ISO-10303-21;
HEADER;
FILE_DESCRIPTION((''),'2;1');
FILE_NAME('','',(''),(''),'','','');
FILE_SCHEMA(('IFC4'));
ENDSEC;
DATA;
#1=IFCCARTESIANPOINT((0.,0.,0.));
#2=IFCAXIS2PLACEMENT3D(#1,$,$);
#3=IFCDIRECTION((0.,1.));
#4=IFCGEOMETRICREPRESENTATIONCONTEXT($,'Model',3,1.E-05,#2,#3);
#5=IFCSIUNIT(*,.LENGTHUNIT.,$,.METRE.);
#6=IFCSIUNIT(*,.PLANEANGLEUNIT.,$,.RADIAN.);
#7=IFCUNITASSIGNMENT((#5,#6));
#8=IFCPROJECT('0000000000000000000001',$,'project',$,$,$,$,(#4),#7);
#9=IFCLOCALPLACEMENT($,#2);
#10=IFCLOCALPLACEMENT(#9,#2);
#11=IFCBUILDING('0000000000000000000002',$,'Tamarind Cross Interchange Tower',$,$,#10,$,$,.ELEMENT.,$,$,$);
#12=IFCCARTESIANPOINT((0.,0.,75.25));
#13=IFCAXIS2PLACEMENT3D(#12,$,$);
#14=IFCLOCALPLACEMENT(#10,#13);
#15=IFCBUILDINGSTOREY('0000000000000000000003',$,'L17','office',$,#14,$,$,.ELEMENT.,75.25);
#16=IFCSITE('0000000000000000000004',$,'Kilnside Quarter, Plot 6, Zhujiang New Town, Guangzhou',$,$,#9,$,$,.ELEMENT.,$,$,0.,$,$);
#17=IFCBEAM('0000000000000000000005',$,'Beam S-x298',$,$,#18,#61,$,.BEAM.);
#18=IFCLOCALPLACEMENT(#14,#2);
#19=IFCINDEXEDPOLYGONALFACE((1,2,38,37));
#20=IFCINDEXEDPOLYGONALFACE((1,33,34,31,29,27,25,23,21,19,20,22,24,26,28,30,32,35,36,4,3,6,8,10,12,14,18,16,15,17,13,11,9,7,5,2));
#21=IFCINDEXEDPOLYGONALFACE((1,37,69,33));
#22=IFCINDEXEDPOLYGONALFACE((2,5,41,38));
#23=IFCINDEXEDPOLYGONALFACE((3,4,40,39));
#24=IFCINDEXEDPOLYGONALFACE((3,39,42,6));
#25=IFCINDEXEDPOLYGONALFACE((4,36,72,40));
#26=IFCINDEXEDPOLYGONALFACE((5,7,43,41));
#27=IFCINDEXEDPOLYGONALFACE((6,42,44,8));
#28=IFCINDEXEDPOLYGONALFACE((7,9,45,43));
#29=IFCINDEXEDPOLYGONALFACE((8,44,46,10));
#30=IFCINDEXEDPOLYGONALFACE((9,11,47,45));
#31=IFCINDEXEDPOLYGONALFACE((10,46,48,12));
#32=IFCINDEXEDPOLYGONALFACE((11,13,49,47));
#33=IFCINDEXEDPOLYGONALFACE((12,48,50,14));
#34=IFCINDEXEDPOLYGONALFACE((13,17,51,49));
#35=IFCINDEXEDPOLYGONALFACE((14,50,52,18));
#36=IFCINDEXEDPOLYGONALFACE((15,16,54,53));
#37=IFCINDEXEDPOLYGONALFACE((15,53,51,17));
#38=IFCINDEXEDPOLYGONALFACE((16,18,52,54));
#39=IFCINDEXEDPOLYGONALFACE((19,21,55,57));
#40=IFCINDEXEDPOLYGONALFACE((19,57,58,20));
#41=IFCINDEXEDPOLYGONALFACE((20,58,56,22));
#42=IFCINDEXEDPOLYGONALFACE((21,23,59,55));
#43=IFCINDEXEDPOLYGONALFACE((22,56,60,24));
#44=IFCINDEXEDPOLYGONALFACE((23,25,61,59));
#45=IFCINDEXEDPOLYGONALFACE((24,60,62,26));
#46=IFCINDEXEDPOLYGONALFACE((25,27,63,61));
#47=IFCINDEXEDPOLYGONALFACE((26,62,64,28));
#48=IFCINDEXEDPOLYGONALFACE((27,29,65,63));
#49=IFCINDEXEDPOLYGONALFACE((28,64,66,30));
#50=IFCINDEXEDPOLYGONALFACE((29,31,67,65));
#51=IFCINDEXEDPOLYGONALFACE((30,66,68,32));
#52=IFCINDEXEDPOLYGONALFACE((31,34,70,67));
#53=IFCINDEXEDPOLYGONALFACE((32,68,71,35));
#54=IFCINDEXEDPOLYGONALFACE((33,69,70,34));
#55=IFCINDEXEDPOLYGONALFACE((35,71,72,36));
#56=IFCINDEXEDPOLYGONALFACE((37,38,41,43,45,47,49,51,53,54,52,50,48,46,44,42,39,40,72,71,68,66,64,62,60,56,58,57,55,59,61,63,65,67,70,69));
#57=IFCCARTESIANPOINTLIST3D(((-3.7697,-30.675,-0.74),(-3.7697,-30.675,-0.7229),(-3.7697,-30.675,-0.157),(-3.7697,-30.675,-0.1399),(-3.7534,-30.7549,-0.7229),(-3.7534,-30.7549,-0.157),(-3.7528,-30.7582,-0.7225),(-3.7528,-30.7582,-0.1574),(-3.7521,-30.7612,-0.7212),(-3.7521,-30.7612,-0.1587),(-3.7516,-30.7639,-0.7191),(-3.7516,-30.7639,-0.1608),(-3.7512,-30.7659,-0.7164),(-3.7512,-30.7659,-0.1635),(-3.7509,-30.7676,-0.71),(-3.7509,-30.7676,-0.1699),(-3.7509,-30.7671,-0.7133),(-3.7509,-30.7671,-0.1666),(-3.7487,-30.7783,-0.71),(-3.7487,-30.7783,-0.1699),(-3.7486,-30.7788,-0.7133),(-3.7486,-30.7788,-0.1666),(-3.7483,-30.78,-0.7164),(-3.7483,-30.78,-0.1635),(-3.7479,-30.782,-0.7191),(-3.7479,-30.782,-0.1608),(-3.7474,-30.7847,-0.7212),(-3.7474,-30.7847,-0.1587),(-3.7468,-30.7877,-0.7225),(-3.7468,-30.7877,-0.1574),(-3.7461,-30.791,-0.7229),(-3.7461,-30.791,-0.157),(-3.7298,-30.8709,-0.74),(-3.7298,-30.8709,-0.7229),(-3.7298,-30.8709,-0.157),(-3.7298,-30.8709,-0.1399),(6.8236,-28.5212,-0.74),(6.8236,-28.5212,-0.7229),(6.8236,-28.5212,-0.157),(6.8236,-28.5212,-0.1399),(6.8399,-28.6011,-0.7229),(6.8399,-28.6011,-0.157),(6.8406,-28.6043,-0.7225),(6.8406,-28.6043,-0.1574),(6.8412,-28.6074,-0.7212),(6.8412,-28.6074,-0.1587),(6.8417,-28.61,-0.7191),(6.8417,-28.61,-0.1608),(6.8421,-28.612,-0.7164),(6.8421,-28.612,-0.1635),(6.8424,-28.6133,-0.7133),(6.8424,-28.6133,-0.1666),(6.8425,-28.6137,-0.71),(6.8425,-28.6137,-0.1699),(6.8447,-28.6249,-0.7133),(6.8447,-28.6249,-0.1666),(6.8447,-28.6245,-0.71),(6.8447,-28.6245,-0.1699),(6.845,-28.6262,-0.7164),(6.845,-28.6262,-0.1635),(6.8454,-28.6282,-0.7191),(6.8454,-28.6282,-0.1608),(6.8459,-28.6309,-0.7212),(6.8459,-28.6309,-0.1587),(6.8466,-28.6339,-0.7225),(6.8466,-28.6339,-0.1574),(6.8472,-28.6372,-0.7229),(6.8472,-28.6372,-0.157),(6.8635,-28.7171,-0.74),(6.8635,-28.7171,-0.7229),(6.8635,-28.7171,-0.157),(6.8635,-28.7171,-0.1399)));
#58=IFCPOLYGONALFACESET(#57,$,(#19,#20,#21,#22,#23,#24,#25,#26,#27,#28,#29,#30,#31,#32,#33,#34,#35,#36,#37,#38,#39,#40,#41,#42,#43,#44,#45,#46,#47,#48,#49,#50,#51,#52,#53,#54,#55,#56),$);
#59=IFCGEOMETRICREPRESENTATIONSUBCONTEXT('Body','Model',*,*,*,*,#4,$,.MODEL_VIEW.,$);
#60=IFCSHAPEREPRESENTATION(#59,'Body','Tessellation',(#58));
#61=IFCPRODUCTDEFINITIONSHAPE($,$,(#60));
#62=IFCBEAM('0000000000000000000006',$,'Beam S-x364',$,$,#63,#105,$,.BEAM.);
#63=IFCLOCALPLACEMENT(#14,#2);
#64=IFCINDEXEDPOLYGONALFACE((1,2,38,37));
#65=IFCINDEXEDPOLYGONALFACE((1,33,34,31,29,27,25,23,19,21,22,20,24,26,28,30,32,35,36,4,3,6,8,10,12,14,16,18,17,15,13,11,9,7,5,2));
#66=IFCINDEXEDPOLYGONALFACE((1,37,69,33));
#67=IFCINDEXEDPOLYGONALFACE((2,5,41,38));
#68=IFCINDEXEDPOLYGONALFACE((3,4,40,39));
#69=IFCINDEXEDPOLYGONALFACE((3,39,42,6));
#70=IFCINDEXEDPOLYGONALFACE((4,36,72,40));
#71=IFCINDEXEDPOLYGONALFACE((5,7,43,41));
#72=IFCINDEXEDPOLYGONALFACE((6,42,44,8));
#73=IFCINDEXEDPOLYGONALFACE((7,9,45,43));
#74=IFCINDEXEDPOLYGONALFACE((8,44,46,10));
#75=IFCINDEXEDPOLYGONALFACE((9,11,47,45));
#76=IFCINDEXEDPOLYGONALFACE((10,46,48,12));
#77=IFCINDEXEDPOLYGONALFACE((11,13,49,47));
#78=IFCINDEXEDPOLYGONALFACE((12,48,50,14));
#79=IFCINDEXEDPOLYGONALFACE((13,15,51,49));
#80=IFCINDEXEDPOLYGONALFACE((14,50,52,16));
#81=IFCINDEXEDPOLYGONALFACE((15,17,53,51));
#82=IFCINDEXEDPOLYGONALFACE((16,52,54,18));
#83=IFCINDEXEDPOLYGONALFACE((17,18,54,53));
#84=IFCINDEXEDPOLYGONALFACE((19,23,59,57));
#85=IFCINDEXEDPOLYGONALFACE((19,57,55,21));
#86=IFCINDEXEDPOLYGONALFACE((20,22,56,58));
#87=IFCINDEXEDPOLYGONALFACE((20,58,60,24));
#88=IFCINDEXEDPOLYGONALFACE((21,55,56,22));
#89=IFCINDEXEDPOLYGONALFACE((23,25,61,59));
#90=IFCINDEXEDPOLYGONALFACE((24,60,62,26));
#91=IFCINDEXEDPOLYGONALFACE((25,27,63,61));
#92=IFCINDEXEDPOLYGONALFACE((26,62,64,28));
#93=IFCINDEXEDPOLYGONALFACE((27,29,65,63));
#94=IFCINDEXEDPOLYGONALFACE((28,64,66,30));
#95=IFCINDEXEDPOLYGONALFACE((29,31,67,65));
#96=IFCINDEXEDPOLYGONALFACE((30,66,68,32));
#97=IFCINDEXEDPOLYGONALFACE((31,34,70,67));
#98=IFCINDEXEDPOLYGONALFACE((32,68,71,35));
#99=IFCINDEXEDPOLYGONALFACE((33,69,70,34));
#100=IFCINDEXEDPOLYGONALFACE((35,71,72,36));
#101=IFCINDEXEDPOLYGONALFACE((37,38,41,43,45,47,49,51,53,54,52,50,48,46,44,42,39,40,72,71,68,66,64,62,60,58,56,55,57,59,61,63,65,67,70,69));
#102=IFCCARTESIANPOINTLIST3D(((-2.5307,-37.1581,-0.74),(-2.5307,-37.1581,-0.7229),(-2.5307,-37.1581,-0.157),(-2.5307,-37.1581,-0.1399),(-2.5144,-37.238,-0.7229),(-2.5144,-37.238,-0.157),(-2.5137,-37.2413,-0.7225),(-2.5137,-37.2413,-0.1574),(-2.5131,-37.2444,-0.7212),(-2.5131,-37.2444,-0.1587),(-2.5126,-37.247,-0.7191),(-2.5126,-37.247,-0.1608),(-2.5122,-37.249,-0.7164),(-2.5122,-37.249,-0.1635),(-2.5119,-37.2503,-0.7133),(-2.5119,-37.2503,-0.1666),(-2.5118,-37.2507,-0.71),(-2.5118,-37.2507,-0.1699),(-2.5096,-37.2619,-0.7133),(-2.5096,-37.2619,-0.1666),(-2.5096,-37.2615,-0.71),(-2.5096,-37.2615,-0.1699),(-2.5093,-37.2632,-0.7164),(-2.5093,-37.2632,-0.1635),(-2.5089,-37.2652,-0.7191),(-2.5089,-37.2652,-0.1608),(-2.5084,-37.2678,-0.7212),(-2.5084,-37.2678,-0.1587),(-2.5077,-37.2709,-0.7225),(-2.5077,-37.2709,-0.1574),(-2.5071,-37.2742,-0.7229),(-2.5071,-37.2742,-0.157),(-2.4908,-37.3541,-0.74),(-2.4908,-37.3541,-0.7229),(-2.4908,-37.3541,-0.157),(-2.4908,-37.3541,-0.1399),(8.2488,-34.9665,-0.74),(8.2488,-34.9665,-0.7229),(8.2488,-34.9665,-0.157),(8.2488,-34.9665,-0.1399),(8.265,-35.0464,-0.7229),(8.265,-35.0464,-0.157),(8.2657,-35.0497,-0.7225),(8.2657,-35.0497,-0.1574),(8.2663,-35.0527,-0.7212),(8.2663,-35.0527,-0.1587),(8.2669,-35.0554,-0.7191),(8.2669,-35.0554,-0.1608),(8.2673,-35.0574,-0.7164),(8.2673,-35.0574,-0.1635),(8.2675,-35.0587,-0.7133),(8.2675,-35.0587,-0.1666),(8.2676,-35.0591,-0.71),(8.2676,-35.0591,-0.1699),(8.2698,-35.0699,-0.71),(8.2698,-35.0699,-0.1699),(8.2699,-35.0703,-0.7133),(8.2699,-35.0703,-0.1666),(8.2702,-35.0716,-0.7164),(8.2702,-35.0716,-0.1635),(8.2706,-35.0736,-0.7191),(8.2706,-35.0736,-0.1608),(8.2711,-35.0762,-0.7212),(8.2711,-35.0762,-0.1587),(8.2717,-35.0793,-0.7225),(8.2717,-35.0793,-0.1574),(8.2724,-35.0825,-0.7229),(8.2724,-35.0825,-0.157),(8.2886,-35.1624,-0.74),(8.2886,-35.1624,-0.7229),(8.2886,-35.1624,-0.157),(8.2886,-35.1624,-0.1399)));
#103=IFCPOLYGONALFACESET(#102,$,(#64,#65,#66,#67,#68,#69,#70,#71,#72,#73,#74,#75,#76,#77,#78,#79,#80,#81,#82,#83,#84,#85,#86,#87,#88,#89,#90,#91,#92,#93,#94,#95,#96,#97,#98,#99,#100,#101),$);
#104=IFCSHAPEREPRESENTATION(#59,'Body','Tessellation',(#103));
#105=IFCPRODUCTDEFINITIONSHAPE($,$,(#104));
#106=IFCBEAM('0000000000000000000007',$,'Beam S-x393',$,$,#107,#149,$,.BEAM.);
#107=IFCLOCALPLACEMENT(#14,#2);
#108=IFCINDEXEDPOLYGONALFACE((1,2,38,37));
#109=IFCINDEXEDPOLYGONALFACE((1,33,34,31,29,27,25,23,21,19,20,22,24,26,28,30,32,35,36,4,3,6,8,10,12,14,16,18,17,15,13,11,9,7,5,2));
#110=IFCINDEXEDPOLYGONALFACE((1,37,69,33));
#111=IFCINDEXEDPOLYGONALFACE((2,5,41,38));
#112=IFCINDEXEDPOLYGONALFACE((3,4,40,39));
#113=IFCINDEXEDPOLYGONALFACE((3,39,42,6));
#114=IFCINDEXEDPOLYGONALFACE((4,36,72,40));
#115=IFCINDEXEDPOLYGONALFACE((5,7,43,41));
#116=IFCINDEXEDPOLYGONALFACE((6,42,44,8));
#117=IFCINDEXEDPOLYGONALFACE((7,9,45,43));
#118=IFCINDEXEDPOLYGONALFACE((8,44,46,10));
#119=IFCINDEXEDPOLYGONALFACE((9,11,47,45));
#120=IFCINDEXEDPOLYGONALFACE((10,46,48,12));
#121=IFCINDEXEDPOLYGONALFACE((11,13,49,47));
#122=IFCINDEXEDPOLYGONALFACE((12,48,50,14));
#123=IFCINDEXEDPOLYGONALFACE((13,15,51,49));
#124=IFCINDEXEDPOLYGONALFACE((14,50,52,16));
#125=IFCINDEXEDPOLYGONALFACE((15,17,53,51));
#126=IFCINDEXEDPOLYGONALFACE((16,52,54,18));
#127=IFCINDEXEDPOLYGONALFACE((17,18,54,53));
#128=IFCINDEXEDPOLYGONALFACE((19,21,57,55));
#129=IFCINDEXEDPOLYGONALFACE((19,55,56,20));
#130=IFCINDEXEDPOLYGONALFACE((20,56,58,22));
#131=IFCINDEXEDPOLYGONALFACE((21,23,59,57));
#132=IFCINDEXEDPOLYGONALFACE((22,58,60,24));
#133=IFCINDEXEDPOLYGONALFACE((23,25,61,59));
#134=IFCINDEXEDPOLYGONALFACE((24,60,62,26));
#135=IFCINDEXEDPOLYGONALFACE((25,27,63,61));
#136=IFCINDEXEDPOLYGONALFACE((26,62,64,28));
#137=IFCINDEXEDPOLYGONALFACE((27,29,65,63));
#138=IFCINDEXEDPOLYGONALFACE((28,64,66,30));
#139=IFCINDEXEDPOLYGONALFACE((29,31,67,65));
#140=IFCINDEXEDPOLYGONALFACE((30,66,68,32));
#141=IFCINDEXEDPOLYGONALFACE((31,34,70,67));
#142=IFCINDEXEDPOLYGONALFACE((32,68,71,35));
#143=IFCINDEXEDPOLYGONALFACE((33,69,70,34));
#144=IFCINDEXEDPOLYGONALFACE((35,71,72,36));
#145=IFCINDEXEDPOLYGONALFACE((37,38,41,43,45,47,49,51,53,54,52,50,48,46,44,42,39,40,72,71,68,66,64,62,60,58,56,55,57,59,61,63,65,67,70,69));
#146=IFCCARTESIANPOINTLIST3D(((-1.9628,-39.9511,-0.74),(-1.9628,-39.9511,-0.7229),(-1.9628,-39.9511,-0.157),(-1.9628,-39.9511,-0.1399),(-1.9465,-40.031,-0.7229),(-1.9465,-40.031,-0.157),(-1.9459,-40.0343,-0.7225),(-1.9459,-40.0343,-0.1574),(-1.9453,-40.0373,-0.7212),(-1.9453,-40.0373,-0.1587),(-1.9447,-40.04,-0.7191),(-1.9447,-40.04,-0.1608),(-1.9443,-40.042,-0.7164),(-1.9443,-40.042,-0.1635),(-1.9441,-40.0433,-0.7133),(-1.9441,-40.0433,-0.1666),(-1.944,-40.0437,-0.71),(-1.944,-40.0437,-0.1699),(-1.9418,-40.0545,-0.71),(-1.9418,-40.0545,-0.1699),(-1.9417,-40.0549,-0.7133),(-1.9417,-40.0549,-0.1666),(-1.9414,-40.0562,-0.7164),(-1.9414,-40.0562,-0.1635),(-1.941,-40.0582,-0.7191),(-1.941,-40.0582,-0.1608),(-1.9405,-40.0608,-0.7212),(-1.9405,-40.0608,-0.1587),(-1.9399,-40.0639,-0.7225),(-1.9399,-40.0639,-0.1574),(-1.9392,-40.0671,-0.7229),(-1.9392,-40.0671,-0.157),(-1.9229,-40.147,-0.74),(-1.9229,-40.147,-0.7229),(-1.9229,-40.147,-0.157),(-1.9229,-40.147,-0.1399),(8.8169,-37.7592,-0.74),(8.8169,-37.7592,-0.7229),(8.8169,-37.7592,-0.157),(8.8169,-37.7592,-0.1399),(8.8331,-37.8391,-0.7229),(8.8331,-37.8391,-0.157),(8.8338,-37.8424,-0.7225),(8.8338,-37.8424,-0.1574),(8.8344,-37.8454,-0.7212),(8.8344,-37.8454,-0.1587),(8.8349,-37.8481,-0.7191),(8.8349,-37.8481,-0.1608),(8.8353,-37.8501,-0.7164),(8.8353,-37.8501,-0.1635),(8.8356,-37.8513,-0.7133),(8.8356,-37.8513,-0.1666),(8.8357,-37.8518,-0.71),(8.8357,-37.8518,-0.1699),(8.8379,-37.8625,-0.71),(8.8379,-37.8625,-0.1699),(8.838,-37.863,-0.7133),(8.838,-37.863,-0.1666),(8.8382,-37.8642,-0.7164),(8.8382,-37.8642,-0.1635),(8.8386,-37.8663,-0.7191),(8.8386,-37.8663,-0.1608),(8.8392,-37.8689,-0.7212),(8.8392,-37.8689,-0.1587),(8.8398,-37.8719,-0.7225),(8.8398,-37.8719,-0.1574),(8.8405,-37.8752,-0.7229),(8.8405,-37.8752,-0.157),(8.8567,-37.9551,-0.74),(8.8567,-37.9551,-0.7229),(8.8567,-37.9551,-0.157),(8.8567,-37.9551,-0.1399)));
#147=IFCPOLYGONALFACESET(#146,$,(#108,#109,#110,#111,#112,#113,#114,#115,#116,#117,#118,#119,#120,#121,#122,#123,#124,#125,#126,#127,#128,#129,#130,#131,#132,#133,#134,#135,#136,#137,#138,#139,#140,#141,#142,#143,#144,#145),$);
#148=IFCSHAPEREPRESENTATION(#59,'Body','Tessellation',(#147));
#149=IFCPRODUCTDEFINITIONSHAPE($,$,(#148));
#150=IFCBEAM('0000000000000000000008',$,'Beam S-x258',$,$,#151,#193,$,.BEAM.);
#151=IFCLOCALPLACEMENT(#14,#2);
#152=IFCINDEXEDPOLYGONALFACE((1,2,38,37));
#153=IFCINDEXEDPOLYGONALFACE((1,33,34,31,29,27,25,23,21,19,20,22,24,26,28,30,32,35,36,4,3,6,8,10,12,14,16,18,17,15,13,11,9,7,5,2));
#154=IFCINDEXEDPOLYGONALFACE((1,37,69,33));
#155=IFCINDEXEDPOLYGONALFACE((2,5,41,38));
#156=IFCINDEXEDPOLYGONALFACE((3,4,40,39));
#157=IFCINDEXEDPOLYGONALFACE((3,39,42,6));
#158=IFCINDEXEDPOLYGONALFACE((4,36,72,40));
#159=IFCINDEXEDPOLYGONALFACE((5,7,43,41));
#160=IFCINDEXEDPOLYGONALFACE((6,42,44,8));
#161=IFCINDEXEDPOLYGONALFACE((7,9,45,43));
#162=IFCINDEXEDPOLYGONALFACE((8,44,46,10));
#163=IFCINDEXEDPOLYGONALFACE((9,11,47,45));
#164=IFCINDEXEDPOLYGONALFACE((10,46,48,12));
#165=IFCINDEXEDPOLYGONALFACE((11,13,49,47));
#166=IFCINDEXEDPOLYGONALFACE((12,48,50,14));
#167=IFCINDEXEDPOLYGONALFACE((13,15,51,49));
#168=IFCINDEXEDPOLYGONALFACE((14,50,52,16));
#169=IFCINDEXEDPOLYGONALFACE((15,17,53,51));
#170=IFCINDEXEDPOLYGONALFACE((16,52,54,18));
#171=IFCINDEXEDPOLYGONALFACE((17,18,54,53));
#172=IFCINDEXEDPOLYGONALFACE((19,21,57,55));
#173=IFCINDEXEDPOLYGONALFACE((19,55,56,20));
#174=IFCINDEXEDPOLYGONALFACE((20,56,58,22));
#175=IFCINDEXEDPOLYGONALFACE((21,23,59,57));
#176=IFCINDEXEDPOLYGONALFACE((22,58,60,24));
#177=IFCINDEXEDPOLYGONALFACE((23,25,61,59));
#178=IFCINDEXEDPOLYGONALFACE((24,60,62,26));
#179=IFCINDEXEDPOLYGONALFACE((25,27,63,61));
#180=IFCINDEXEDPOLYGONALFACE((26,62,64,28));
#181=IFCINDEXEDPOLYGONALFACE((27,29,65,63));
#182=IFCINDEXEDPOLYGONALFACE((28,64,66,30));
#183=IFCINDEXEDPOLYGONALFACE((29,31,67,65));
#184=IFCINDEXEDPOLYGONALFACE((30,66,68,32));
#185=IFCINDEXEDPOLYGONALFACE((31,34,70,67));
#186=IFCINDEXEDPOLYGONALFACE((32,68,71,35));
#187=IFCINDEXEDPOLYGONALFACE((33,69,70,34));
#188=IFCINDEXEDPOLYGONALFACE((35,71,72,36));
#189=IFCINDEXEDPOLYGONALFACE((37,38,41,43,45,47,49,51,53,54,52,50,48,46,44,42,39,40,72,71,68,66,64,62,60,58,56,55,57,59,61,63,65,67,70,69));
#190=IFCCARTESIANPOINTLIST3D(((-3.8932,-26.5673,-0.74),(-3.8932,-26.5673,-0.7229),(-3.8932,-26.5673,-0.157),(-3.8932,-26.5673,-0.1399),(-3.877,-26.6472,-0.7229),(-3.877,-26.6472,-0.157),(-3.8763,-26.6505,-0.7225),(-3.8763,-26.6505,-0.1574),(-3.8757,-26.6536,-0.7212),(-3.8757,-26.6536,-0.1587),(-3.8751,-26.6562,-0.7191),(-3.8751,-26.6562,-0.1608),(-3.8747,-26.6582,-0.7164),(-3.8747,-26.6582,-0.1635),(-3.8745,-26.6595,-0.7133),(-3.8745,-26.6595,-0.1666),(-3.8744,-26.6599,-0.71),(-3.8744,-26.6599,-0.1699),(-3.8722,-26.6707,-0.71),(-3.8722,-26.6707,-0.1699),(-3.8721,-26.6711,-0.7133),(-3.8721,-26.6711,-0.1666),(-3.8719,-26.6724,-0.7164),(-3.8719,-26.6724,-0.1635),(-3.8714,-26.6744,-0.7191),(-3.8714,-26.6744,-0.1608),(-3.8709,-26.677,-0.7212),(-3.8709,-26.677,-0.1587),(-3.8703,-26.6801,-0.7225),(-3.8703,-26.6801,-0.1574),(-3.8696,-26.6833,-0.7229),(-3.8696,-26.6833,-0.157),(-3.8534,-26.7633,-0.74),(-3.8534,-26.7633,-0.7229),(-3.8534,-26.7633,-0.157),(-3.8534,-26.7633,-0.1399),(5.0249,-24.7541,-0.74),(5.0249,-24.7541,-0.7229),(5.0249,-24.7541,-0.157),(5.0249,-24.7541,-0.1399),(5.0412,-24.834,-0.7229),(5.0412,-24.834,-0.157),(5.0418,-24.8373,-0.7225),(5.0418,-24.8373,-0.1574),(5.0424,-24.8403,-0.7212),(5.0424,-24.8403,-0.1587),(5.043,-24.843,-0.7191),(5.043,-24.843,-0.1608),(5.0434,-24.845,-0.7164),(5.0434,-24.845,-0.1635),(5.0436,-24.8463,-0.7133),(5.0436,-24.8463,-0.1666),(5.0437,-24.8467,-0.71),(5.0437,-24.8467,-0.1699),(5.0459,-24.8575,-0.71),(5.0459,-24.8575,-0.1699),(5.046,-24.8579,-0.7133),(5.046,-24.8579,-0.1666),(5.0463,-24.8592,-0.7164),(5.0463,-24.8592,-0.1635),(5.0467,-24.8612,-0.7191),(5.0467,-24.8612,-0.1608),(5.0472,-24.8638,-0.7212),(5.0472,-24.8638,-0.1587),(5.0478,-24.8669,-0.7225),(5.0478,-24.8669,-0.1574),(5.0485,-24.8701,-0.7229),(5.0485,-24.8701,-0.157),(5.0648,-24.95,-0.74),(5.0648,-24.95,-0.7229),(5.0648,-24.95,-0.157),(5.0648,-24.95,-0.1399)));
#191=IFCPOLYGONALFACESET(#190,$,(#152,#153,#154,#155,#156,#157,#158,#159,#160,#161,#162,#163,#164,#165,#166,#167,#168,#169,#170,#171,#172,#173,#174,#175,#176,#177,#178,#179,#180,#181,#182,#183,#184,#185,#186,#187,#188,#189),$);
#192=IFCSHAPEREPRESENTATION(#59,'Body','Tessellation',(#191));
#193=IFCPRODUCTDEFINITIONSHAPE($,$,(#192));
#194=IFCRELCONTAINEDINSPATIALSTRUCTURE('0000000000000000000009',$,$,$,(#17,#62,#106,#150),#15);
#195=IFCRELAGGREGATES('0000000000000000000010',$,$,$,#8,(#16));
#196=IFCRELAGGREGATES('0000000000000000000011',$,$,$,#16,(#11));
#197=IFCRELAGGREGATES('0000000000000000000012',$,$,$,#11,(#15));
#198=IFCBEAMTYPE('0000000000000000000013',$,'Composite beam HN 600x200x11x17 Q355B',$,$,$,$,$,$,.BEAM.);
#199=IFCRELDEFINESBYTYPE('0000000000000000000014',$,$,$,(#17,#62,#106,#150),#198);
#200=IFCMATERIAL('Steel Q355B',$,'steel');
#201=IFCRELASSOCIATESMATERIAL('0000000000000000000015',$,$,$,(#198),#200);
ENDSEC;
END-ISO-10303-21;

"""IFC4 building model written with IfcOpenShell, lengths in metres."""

from ifc_helpers import new_model, si_unit, direction, frame, origin, origin_2d, place, context, subcontext, project, spatial, i_section, extrude, material, material_profile, profile_set, type_object, element, save


model = new_model("IFC4")

# Units and contexts
model_context = context("Model", 3, precision=1e-05, world=origin(), true_north=direction((0.0, 1.0)))
body_context = subcontext(model_context, "Body", "Model", "MODEL_VIEW")
ifc_project = project(units=[si_unit("LENGTHUNIT", "METRE"), si_unit("PLANEANGLEUNIT", "RADIAN")], contexts=[model_context])

# Site, building, storey
site_placement = place(None, origin())
site = spatial("IfcSite", under=ifc_project, at=site_placement, Name="Kilnside Quarter, Plot 6, Zhujiang New Town, Guangzhou", CompositionType="ELEMENT", RefElevation=0.0)
building_placement = place(site_placement, origin())
building = spatial("IfcBuilding", under=site, at=building_placement, Name="Tamarind Cross Interchange Tower", CompositionType="ELEMENT")
storey_placement = place(building_placement, frame((0.0, 0.0, 75.25)))
storey = spatial("IfcBuildingStorey", under=building, at=storey_placement, Name="L17", Description="office", CompositionType="ELEMENT", Elevation=75.25)

# Beams
ifc_material_1 = material(Name="Steel Q355B", Category="steel")
ifc_material_profile_1 = material_profile(ifc_material_1, i_section(OverallWidth=0.2, OverallDepth=0.6001, WebThickness=0.011, FlangeThickness=0.0171, FilletRadius=0.0129, at=origin_2d()), Name="HN 600x200x11x17")
ifc_profile_set_1 = profile_set([ifc_material_profile_1], Name="Steel Q355B")
beam_type_1 = type_object("IfcBeamType", Name="Composite beam HN 600x200x11x17 Q355B", PredefinedType="BEAM", material=ifc_profile_set_1)
beam_1_placement = place(storey_placement, frame((-3.7498, -30.7729, -0.4399), z_axis=(0.97995, 0.199242, 0.0), x_axis=(-0.199242, 0.97995, 0.0)))
element("IfcBeam", 1, at=beam_1_placement, inside=storey, type_object=beam_type_1, Name="Beam S-x298", PredefinedType="BEAM", context=body_context, shape_type="SweptSolid", body=[
    extrude(i_section(OverallWidth=0.2, OverallDepth=0.6001, WebThickness=0.011, FlangeThickness=0.0171, FilletRadius=0.0129, at=origin_2d()), origin(), (0.0, 0.0, 1.0), 10.8101),
])
beam_2_placement = place(storey_placement, frame((-2.5107, -37.2561, -0.4399), z_axis=(0.979951, 0.199239, 0.0), x_axis=(-0.199239, 0.979951, 0.0)))
element("IfcBeam", 2, at=beam_2_placement, inside=storey, type_object=beam_type_1, Name="Beam S-x364", PredefinedType="BEAM", context=body_context, shape_type="SweptSolid", body=[
    extrude(i_section(OverallWidth=0.2, OverallDepth=0.6001, WebThickness=0.011, FlangeThickness=0.0171, FilletRadius=0.0129, at=origin_2d()), origin(), (0.0, 0.0, 1.0), 11.0),
])
beam_3_placement = place(storey_placement, frame((-1.9429, -40.0491, -0.4399), z_axis=(0.979947, 0.199261, 0.0), x_axis=(-0.199261, 0.979947, 0.0)))
element("IfcBeam", 3, at=beam_3_placement, inside=storey, type_object=beam_type_1, Name="Beam S-x393", PredefinedType="BEAM", context=body_context, shape_type="SweptSolid", body=[
    extrude(i_section(OverallWidth=0.2, OverallDepth=0.6001, WebThickness=0.011, FlangeThickness=0.0171, FilletRadius=0.0129, at=origin_2d()), origin(), (0.0, 0.0, 1.0), 11.0002),
])
beam_4_placement = place(storey_placement, frame((-3.8733, -26.6653, -0.4399), z_axis=(0.97995, 0.199241, 0.0), x_axis=(-0.199241, 0.97995, 0.0)))
element("IfcBeam", 4, at=beam_4_placement, inside=storey, type_object=beam_type_1, Name="Beam S-x258", PredefinedType="BEAM", context=body_context, shape_type="SweptSolid", body=[
    extrude(i_section(OverallWidth=0.2, OverallDepth=0.6001, WebThickness=0.011, FlangeThickness=0.0171, FilletRadius=0.0129, at=origin_2d()), origin(), (0.0, 0.0, 1.0), 9.1006),
])

save(model, "model.ifc")
